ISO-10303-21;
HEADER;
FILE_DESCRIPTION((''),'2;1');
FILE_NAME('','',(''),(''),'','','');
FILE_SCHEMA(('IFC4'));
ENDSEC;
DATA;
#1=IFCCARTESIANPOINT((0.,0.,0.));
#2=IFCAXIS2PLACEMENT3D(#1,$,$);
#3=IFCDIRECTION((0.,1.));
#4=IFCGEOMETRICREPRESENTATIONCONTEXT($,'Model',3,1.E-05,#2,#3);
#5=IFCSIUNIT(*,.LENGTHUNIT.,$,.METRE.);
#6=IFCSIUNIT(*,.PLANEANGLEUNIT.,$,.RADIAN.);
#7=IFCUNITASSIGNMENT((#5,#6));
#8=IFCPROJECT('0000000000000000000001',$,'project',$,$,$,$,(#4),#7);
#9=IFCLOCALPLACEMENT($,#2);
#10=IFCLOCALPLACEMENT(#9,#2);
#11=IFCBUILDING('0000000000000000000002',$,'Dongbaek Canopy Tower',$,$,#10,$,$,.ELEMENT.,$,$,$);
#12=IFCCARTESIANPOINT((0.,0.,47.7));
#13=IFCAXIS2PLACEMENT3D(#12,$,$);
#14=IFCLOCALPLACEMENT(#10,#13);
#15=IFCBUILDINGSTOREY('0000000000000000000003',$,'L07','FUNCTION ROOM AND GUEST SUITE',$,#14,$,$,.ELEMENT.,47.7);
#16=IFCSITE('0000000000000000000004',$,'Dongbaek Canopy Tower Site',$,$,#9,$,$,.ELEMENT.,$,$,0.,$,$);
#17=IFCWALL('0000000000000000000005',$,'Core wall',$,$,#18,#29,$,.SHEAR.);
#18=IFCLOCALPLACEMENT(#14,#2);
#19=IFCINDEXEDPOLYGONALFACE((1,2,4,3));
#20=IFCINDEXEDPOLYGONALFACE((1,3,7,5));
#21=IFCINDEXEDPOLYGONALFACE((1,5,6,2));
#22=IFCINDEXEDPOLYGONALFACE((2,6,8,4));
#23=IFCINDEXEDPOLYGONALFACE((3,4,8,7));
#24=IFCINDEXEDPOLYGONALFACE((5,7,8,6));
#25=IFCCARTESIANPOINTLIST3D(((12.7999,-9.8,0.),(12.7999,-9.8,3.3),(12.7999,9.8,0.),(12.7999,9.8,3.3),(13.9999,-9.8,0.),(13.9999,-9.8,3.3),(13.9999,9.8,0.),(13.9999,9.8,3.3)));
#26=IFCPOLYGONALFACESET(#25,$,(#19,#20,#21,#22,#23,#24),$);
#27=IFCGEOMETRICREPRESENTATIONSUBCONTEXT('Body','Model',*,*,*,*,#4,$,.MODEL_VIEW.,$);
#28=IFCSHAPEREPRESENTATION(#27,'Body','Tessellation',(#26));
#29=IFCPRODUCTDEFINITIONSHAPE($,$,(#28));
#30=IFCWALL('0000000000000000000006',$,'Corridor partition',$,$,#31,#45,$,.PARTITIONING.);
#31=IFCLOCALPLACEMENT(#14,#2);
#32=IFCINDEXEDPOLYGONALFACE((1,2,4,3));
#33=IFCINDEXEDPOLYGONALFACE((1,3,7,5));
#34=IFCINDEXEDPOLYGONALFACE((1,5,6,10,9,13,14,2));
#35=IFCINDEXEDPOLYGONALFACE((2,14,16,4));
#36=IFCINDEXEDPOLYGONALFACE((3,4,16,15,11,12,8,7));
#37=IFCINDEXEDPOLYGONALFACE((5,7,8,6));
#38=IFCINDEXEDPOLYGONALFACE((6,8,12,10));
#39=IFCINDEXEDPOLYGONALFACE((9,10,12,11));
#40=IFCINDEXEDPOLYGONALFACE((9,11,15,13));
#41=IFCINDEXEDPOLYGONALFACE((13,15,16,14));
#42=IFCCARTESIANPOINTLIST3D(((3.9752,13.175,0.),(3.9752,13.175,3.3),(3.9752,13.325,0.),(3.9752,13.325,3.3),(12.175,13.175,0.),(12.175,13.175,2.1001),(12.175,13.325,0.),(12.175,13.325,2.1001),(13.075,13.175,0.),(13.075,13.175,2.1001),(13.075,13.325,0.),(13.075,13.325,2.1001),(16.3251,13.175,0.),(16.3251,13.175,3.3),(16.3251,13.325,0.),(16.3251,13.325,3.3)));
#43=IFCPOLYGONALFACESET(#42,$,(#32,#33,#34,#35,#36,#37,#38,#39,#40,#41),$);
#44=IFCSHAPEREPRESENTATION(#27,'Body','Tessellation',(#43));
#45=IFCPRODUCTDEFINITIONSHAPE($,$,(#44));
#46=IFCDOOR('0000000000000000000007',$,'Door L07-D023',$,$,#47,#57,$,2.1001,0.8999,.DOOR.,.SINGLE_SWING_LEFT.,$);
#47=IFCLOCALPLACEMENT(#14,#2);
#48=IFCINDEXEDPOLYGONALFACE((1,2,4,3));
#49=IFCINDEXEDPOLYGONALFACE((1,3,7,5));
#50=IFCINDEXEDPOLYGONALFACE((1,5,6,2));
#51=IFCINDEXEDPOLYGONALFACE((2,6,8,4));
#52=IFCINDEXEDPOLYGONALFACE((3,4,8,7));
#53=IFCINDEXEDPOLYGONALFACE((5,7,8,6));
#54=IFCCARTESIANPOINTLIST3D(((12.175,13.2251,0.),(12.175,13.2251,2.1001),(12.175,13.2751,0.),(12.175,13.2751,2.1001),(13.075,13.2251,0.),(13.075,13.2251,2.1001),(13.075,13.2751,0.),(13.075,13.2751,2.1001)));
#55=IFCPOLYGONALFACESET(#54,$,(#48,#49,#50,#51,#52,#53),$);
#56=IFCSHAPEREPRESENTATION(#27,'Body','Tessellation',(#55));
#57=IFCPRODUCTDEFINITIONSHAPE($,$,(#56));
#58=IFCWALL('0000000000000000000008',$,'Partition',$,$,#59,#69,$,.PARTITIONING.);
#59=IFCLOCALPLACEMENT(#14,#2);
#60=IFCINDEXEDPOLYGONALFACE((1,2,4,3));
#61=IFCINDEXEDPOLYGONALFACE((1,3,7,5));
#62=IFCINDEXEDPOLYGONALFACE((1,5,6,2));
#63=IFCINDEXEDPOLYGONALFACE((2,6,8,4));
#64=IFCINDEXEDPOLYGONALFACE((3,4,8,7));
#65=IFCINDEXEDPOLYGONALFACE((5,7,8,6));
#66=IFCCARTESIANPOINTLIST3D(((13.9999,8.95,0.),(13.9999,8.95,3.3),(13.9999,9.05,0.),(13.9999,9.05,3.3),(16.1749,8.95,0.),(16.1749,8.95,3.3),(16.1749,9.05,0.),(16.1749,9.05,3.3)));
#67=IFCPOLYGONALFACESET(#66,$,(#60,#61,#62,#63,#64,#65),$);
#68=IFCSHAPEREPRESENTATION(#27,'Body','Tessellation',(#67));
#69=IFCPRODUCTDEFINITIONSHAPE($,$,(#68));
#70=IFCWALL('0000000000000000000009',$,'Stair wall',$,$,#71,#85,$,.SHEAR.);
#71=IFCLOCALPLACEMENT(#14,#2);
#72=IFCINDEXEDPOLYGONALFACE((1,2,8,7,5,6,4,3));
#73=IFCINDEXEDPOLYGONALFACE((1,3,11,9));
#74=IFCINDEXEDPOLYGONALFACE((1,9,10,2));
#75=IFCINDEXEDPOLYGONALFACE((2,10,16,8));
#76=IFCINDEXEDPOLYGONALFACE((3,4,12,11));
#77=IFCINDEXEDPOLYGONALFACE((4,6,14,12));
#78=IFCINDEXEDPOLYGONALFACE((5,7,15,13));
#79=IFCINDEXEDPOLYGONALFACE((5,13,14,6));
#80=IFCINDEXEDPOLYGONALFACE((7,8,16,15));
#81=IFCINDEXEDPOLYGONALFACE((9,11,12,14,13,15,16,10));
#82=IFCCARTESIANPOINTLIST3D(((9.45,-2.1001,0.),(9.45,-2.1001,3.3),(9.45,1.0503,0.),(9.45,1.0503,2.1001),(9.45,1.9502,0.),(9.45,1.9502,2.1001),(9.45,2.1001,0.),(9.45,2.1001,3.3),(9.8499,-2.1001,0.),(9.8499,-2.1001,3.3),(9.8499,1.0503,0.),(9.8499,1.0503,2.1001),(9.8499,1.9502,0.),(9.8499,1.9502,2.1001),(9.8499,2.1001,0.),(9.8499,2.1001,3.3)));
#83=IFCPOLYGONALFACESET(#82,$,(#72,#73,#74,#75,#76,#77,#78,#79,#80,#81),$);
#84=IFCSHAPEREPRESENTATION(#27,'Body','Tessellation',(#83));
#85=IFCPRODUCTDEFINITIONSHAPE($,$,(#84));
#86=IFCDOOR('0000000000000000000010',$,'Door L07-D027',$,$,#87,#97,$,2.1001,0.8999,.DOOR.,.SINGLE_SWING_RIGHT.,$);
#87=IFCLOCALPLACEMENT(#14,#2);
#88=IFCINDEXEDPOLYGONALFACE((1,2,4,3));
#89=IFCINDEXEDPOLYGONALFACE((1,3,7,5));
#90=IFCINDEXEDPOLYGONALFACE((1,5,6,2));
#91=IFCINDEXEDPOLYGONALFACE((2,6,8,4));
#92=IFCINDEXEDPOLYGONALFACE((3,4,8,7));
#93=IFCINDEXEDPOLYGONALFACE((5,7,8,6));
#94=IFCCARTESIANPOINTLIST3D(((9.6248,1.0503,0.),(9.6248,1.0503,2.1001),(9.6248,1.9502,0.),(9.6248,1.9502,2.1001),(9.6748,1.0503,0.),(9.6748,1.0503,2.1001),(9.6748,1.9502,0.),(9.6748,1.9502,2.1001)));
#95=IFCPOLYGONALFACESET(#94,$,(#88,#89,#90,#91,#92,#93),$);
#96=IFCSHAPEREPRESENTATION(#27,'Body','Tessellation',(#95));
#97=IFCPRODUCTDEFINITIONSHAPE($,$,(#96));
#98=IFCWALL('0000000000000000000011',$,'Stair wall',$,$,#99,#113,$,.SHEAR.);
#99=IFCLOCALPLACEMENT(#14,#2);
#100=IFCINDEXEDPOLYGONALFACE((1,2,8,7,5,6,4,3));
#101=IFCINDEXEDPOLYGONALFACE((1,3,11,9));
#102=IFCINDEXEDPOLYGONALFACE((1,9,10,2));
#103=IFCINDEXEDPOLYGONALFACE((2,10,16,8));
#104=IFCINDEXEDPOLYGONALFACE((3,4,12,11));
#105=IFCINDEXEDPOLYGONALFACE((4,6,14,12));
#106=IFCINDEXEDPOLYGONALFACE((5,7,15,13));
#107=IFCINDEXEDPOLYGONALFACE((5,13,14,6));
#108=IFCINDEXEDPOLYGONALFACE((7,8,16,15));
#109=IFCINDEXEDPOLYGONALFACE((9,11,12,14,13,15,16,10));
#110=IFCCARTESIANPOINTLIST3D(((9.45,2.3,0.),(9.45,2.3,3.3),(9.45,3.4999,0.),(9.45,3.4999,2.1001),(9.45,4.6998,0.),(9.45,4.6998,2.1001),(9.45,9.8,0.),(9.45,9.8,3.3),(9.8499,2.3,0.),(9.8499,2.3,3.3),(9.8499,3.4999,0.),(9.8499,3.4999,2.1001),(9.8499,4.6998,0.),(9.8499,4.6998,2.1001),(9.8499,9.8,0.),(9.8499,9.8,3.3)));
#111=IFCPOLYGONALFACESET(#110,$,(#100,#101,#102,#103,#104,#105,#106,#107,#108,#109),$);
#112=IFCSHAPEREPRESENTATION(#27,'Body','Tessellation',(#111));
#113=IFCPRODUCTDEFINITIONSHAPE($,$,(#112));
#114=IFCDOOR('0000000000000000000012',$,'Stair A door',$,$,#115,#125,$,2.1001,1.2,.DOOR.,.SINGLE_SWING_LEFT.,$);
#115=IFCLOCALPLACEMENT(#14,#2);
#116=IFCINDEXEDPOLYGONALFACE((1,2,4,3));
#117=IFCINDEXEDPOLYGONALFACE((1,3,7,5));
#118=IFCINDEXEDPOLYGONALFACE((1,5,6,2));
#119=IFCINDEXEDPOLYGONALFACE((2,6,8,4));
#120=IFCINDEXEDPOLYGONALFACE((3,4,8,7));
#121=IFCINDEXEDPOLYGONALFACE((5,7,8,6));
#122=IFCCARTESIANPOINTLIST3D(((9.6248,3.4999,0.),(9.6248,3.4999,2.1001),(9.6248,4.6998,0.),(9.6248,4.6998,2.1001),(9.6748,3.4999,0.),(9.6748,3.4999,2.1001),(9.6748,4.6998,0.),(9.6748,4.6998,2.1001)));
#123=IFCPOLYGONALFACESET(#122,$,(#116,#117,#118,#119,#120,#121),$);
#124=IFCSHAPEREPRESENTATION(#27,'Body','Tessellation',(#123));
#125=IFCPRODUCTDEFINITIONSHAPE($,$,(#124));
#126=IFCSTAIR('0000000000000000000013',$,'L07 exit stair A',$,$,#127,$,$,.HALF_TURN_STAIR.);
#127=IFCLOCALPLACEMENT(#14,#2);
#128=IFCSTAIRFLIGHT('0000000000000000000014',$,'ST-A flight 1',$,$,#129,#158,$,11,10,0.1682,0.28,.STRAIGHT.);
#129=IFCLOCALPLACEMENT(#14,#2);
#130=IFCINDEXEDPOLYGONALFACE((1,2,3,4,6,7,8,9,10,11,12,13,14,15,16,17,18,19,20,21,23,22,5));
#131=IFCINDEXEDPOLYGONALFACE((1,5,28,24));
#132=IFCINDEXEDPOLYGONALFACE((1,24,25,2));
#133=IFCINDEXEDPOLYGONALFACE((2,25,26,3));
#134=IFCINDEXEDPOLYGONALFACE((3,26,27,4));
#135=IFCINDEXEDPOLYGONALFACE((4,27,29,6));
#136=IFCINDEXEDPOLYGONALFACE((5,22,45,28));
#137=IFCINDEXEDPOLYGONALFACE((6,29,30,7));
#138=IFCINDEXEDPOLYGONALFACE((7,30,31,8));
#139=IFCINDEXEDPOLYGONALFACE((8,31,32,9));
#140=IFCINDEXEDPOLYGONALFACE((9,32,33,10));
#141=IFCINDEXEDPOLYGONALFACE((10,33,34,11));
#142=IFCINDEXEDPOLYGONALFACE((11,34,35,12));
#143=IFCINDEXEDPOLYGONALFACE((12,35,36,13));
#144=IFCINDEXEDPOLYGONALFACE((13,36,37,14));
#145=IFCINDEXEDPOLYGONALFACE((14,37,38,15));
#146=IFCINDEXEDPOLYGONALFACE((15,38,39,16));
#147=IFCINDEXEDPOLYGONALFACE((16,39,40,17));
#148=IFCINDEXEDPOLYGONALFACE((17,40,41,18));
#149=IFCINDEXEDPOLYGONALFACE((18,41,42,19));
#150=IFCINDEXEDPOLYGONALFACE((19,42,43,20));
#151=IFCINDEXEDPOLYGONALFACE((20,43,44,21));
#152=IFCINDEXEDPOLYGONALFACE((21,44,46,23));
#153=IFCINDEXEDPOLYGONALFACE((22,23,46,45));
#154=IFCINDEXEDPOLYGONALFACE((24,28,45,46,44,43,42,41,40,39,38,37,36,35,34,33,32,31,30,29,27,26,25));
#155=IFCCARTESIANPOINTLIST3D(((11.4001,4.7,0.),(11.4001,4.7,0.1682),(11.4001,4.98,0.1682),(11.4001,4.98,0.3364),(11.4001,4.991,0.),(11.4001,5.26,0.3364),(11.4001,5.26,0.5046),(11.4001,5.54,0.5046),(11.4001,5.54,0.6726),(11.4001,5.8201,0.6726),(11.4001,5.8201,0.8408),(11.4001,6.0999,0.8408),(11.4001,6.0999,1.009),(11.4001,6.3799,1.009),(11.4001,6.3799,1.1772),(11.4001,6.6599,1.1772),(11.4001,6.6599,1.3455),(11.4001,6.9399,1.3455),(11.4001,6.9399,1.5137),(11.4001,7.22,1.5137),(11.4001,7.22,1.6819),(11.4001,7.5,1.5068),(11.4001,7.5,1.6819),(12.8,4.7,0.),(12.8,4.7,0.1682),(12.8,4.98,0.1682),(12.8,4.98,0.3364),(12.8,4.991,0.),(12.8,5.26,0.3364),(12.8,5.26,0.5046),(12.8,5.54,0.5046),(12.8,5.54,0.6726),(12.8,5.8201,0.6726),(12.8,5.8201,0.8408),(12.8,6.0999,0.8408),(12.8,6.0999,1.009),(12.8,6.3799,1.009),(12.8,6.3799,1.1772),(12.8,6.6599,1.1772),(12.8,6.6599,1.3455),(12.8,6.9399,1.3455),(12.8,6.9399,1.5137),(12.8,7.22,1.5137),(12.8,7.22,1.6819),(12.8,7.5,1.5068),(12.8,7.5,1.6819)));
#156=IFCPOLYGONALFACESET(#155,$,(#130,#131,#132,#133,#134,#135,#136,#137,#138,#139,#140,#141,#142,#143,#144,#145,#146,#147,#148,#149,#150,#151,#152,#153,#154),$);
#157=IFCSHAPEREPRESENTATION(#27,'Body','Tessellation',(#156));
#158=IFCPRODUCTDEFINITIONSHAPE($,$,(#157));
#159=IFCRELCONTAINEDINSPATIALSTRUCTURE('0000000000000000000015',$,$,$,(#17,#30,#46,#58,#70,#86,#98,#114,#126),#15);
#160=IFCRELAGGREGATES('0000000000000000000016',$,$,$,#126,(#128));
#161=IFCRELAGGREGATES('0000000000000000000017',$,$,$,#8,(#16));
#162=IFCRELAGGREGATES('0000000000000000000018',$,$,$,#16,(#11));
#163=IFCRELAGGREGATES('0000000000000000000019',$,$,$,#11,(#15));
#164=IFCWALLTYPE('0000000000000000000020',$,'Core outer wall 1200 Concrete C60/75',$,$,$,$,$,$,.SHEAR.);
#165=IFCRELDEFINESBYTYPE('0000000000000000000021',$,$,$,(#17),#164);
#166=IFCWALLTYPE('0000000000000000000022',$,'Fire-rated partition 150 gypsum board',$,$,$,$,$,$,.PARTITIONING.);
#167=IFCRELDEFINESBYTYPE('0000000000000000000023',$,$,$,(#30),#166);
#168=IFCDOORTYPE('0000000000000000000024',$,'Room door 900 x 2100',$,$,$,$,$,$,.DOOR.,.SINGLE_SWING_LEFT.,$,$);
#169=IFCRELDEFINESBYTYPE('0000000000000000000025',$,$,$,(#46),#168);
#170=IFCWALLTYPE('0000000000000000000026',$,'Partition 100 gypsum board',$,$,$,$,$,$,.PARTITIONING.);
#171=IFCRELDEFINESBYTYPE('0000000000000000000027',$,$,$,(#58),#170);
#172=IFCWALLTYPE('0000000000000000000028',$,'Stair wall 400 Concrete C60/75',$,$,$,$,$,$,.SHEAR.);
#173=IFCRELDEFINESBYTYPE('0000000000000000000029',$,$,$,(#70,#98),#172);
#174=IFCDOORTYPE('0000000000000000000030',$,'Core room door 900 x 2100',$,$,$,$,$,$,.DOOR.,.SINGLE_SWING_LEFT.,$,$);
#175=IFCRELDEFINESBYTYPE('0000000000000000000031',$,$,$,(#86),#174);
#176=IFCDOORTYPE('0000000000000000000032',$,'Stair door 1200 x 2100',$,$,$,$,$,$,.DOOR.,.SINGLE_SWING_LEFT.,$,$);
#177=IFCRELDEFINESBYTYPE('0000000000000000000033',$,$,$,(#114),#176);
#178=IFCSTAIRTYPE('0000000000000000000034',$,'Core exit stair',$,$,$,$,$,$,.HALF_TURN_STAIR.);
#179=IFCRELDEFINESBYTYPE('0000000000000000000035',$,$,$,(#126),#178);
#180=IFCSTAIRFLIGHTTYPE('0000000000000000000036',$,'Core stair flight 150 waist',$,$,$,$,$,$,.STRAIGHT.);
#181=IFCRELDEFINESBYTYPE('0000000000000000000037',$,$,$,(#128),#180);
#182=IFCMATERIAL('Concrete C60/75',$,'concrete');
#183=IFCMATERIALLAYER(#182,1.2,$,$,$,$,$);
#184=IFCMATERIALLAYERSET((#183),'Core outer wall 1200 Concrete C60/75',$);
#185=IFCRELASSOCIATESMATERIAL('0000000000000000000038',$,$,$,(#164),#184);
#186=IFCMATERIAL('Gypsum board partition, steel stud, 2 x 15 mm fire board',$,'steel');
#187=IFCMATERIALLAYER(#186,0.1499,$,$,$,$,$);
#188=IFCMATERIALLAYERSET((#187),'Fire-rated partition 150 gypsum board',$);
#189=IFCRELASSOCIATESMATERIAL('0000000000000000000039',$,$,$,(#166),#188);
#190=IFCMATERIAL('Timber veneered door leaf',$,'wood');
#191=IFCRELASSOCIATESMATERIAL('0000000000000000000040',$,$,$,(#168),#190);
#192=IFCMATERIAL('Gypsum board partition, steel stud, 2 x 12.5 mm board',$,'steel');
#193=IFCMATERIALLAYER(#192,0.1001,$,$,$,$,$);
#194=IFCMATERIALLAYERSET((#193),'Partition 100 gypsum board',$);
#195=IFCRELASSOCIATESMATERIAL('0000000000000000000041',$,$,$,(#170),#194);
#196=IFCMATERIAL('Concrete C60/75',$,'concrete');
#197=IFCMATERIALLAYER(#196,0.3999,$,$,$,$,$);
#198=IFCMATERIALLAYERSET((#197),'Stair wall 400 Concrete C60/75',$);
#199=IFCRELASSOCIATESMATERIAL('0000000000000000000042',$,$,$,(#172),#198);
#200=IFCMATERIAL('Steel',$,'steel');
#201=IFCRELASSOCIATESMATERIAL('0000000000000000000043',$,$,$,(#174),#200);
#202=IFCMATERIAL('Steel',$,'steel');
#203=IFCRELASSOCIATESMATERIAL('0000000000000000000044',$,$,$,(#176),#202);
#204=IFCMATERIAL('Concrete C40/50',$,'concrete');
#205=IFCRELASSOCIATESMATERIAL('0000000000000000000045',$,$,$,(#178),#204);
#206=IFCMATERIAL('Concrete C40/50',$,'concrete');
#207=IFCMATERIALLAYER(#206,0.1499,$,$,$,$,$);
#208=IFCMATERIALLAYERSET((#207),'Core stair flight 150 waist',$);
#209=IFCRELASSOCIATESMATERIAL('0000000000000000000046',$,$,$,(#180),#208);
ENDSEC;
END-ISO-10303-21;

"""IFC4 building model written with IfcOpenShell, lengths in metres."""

from ifc_helpers import new_model, si_unit, direction, frame, frame_2d, origin, place, context, subcontext, project, spatial, polyline, rectangle, outline, extrude, material, layer, layer_set, type_object, element, fill, aggregate, save


model = new_model("IFC4")

# Units and contexts
model_context = context("Model", 3, precision=1e-05, world=origin(), true_north=direction((0.0, 1.0)))
body_context = subcontext(model_context, "Body", "Model", "MODEL_VIEW")
ifc_project = project(units=[si_unit("LENGTHUNIT", "METRE"), si_unit("PLANEANGLEUNIT", "RADIAN")], contexts=[model_context])

# Site, building, storey
site_placement = place(None, origin())
site = spatial("IfcSite", under=ifc_project, at=site_placement, Name="Dongbaek Canopy Tower Site", CompositionType="ELEMENT", RefElevation=0.0)
building_placement = place(site_placement, origin())
building = spatial("IfcBuilding", under=site, at=building_placement, Name="Dongbaek Canopy Tower", CompositionType="ELEMENT")
storey_placement = place(building_placement, frame((0.0, 0.0, 47.7)))
storey = spatial("IfcBuildingStorey", under=building, at=storey_placement, Name="L07", Description="FUNCTION ROOM AND GUEST SUITE", CompositionType="ELEMENT", Elevation=47.7)

# Wall
ifc_material_1 = material(Name="Concrete C60/75", Category="concrete")
ifc_layer_1 = layer(ifc_material_1, 1.2)
ifc_layer_set_1 = layer_set([ifc_layer_1], Name="Core outer wall 1200 Concrete C60/75")
wall_type_1 = type_object("IfcWallType", Name="Core outer wall 1200 Concrete C60/75", PredefinedType="SHEAR", material=ifc_layer_set_1)
wall_1_placement = place(storey_placement, frame((13.3999, 9.8, 0.0), z_axis=(0.0, 0.0, 1.0), x_axis=(0.0, -1.0, 0.0)))
element("IfcWall", 1, at=wall_1_placement, inside=storey, type_object=wall_type_1, Name="Core wall", PredefinedType="SHEAR", context=body_context, shape_type="SweptSolid", body=[
    extrude(rectangle(XDim=19.6001, YDim=1.2, at=frame_2d((9.8, 0.0))), origin(), (0.0, 0.0, 1.0), 3.3),
])

# Wall, opening, door
ifc_material_2 = material(Name="Gypsum board partition, steel stud, 2 x 15 mm fire board", Category="steel")
ifc_layer_2 = layer(ifc_material_2, 0.1499)
ifc_layer_set_2 = layer_set([ifc_layer_2], Name="Fire-rated partition 150 gypsum board")
wall_type_2 = type_object("IfcWallType", Name="Fire-rated partition 150 gypsum board", PredefinedType="PARTITIONING", material=ifc_layer_set_2)
wall_2_placement = place(storey_placement, frame((16.325, 13.25, 0.0), z_axis=(0.0, 0.0, 1.0), x_axis=(-1.0, 0.0, 0.0)))
wall_2 = element("IfcWall", 2, at=wall_2_placement, inside=storey, type_object=wall_type_2, Name="Corridor partition", PredefinedType="PARTITIONING", context=body_context, shape_type="SweptSolid", body=[
    extrude(rectangle(XDim=12.3499, YDim=0.1499, at=frame_2d((6.1748, 0.0))), origin(), (0.0, 0.0, 1.0), 3.3),
])
opening_1_placement = place(wall_2_placement, frame((3.25, 0.0, 0.0)))
opening_1 = element("IfcOpeningElement", 3, at=opening_1_placement, cuts=wall_2, PredefinedType="OPENING", context=body_context, shape_type="SweptSolid", body=[
    extrude(rectangle(XDim=0.8999, YDim=2.1001, at=frame_2d((0.45, 1.05))), frame((0.0, 0.085, 0.0), z_axis=(0.0, -1.0, 0.0), x_axis=(1.0, 0.0, 0.0)), (0.0, 0.0, 1.0), 0.1699),
])
ifc_material_3 = material(Name="Timber veneered door leaf", Category="wood")
door_type_1 = type_object("IfcDoorType", Name="Room door 900 x 2100", OperationType="SINGLE_SWING_LEFT", PredefinedType="DOOR", material=ifc_material_3)
door_1_placement = place(opening_1_placement, origin())
door_1 = element("IfcDoor", 4, at=door_1_placement, inside=storey, type_object=door_type_1, Name="Door L07-D023", OperationType="SINGLE_SWING_LEFT", OverallHeight=2.1001, OverallWidth=0.8999, PredefinedType="DOOR", context=body_context, shape_type="SweptSolid", body=[
    extrude(rectangle(XDim=0.8999, YDim=2.1001, at=frame_2d((0.45, 1.05))), frame((0.0, 0.0249, 0.0), z_axis=(0.0, -1.0, 0.0), x_axis=(1.0, 0.0, 0.0)), (0.0, 0.0, 1.0), 0.05),
])
fill(opening_1, door_1)

# Wall
ifc_material_4 = material(Name="Gypsum board partition, steel stud, 2 x 12.5 mm board", Category="steel")
ifc_layer_3 = layer(ifc_material_4, 0.1001)
ifc_layer_set_3 = layer_set([ifc_layer_3], Name="Partition 100 gypsum board")
wall_type_3 = type_object("IfcWallType", Name="Partition 100 gypsum board", PredefinedType="PARTITIONING", material=ifc_layer_set_3)
wall_3_placement = place(storey_placement, frame((14.0, 9.0, 0.0), z_axis=(0.0, 0.0, 1.0), x_axis=(1.0, 0.0, 0.0)))
element("IfcWall", 5, at=wall_3_placement, inside=storey, type_object=wall_type_3, Name="Partition", PredefinedType="PARTITIONING", context=body_context, shape_type="SweptSolid", body=[
    extrude(rectangle(XDim=2.175, YDim=0.1001, at=frame_2d((1.0874, 0.0))), origin(), (0.0, 0.0, 1.0), 3.3),
])

# Walls, openings, doors
ifc_material_5 = material(Name="Concrete C60/75", Category="concrete")
ifc_layer_4 = layer(ifc_material_5, 0.3999)
ifc_layer_set_4 = layer_set([ifc_layer_4], Name="Stair wall 400 Concrete C60/75")
wall_type_4 = type_object("IfcWallType", Name="Stair wall 400 Concrete C60/75", PredefinedType="SHEAR", material=ifc_layer_set_4)
wall_4_placement = place(storey_placement, frame((9.6499, 2.1001, 0.0), z_axis=(0.0, 0.0, 1.0), x_axis=(0.0, -1.0, 0.0)))
wall_4 = element("IfcWall", 6, at=wall_4_placement, inside=storey, type_object=wall_type_4, Name="Stair wall", PredefinedType="SHEAR", context=body_context, shape_type="SweptSolid", body=[
    extrude(rectangle(XDim=4.2002, YDim=0.3999, at=frame_2d((2.1001, 0.0))), origin(), (0.0, 0.0, 1.0), 3.3),
])
opening_2_placement = place(wall_4_placement, frame((0.1499, 0.0, 0.0)))
opening_2 = element("IfcOpeningElement", 7, at=opening_2_placement, cuts=wall_4, PredefinedType="OPENING", context=body_context, shape_type="SweptSolid", body=[
    extrude(rectangle(XDim=0.8999, YDim=2.1001, at=frame_2d((0.45, 1.05))), frame((0.0, 0.21, 0.0), z_axis=(0.0, -1.0, 0.0), x_axis=(1.0, 0.0, 0.0)), (0.0, 0.0, 1.0), 0.4199),
])
ifc_material_6 = material(Name="Steel", Category="steel")
door_type_2 = type_object("IfcDoorType", Name="Core room door 900 x 2100", OperationType="SINGLE_SWING_LEFT", PredefinedType="DOOR", material=ifc_material_6)
door_2_placement = place(opening_2_placement, origin())
door_2 = element("IfcDoor", 8, at=door_2_placement, inside=storey, type_object=door_type_2, Name="Door L07-D027", OperationType="SINGLE_SWING_RIGHT", OverallHeight=2.1001, OverallWidth=0.8999, PredefinedType="DOOR", context=body_context, shape_type="SweptSolid", body=[
    extrude(rectangle(XDim=0.8999, YDim=2.1001, at=frame_2d((0.45, 1.05))), frame((0.0, 0.0249, 0.0), z_axis=(0.0, -1.0, 0.0), x_axis=(1.0, 0.0, 0.0)), (0.0, 0.0, 1.0), 0.05),
])
fill(opening_2, door_2)
wall_5_placement = place(storey_placement, frame((9.6499, 9.8, 0.0), z_axis=(0.0, 0.0, 1.0), x_axis=(0.0, -1.0, 0.0)))
wall_5 = element("IfcWall", 9, at=wall_5_placement, inside=storey, type_object=wall_type_4, Name="Stair wall", PredefinedType="SHEAR", context=body_context, shape_type="SweptSolid", body=[
    extrude(rectangle(XDim=7.5, YDim=0.3999, at=frame_2d((3.75, 0.0))), origin(), (0.0, 0.0, 1.0), 3.3),
])
opening_3_placement = place(wall_5_placement, frame((5.1001, 0.0, 0.0)))
opening_3 = element("IfcOpeningElement", 10, at=opening_3_placement, cuts=wall_5, PredefinedType="OPENING", context=body_context, shape_type="SweptSolid", body=[
    extrude(rectangle(XDim=1.2, YDim=2.1001, at=frame_2d((0.6001, 1.05))), frame((0.0, 0.21, 0.0), z_axis=(0.0, -1.0, 0.0), x_axis=(1.0, 0.0, 0.0)), (0.0, 0.0, 1.0), 0.4199),
])
ifc_material_7 = material(Name="Steel", Category="steel")
door_type_3 = type_object("IfcDoorType", Name="Stair door 1200 x 2100", OperationType="SINGLE_SWING_LEFT", PredefinedType="DOOR", material=ifc_material_7)
door_3_placement = place(opening_3_placement, origin())
door_3 = element("IfcDoor", 11, at=door_3_placement, inside=storey, type_object=door_type_3, Name="Stair A door", OperationType="SINGLE_SWING_LEFT", OverallHeight=2.1001, OverallWidth=1.2, PredefinedType="DOOR", context=body_context, shape_type="SweptSolid", body=[
    extrude(rectangle(XDim=1.2, YDim=2.1001, at=frame_2d((0.6001, 1.05))), frame((0.0, 0.0249, 0.0), z_axis=(0.0, -1.0, 0.0), x_axis=(1.0, 0.0, 0.0)), (0.0, 0.0, 1.0), 0.05),
])
fill(opening_3, door_3)

# Stair, stair flight
ifc_material_8 = material(Name="Concrete C40/50", Category="concrete")
stair_type = type_object("IfcStairType", Name="Core exit stair", PredefinedType="HALF_TURN_STAIR", material=ifc_material_8)
stair_placement = place(storey_placement, origin())
stair = element("IfcStair", 12, at=stair_placement, inside=storey, type_object=stair_type, Name="L07 exit stair A", PredefinedType="HALF_TURN_STAIR")
ifc_material_9 = material(Name="Concrete C40/50", Category="concrete")
ifc_layer_5 = layer(ifc_material_9, 0.1499)
ifc_layer_set_5 = layer_set([ifc_layer_5], Name="Core stair flight 150 waist")
stair_flight_type = type_object("IfcStairFlightType", Name="Core stair flight 150 waist", PredefinedType="STRAIGHT", material=ifc_layer_set_5)
stair_flight_1_placement = place(storey_placement, frame((12.1001, 4.7, 0.0), z_axis=(0.0, 0.0, 1.0), x_axis=(0.0, 1.0, 0.0)))
stair_flight_1 = element("IfcStairFlight", 13, at=stair_flight_1_placement, type_object=stair_flight_type, Name="ST-A flight 1", NumberOfRisers=11, NumberOfTreads=10, PredefinedType="STRAIGHT", RiserHeight=0.1682, TreadLength=0.28, context=body_context, shape_type="SweptSolid", body=[
    extrude(outline(polyline([(0.0, 0.0), (0.0, 0.1682), (0.28, 0.1682), (0.28, 0.3364), (0.5601, 0.3364), (0.5601, 0.5046), (0.8401, 0.5046), (0.8401, 0.6726), (1.1201, 0.6726), (1.1201, 0.8408), (1.3999, 0.8408), (1.3999, 1.009), (1.6799, 1.009), (1.6799, 1.1772), (1.96, 1.1772), (1.96, 1.3455), (2.24, 1.3455), (2.24, 1.5137), (2.52, 1.5137), (2.52, 1.6819), (2.8, 1.6819), (2.8, 1.8501), (2.8, 1.5068), (0.291, 0.0), (0.0, 0.0)])), frame((0.0, 0.7, 0.0), z_axis=(0.0, -1.0, 0.0), x_axis=(1.0, 0.0, 0.0)), (0.0, 0.0, 1.0), 1.3999),
])
aggregate(stair, [stair_flight_1])

save(model, "model.ifc")
